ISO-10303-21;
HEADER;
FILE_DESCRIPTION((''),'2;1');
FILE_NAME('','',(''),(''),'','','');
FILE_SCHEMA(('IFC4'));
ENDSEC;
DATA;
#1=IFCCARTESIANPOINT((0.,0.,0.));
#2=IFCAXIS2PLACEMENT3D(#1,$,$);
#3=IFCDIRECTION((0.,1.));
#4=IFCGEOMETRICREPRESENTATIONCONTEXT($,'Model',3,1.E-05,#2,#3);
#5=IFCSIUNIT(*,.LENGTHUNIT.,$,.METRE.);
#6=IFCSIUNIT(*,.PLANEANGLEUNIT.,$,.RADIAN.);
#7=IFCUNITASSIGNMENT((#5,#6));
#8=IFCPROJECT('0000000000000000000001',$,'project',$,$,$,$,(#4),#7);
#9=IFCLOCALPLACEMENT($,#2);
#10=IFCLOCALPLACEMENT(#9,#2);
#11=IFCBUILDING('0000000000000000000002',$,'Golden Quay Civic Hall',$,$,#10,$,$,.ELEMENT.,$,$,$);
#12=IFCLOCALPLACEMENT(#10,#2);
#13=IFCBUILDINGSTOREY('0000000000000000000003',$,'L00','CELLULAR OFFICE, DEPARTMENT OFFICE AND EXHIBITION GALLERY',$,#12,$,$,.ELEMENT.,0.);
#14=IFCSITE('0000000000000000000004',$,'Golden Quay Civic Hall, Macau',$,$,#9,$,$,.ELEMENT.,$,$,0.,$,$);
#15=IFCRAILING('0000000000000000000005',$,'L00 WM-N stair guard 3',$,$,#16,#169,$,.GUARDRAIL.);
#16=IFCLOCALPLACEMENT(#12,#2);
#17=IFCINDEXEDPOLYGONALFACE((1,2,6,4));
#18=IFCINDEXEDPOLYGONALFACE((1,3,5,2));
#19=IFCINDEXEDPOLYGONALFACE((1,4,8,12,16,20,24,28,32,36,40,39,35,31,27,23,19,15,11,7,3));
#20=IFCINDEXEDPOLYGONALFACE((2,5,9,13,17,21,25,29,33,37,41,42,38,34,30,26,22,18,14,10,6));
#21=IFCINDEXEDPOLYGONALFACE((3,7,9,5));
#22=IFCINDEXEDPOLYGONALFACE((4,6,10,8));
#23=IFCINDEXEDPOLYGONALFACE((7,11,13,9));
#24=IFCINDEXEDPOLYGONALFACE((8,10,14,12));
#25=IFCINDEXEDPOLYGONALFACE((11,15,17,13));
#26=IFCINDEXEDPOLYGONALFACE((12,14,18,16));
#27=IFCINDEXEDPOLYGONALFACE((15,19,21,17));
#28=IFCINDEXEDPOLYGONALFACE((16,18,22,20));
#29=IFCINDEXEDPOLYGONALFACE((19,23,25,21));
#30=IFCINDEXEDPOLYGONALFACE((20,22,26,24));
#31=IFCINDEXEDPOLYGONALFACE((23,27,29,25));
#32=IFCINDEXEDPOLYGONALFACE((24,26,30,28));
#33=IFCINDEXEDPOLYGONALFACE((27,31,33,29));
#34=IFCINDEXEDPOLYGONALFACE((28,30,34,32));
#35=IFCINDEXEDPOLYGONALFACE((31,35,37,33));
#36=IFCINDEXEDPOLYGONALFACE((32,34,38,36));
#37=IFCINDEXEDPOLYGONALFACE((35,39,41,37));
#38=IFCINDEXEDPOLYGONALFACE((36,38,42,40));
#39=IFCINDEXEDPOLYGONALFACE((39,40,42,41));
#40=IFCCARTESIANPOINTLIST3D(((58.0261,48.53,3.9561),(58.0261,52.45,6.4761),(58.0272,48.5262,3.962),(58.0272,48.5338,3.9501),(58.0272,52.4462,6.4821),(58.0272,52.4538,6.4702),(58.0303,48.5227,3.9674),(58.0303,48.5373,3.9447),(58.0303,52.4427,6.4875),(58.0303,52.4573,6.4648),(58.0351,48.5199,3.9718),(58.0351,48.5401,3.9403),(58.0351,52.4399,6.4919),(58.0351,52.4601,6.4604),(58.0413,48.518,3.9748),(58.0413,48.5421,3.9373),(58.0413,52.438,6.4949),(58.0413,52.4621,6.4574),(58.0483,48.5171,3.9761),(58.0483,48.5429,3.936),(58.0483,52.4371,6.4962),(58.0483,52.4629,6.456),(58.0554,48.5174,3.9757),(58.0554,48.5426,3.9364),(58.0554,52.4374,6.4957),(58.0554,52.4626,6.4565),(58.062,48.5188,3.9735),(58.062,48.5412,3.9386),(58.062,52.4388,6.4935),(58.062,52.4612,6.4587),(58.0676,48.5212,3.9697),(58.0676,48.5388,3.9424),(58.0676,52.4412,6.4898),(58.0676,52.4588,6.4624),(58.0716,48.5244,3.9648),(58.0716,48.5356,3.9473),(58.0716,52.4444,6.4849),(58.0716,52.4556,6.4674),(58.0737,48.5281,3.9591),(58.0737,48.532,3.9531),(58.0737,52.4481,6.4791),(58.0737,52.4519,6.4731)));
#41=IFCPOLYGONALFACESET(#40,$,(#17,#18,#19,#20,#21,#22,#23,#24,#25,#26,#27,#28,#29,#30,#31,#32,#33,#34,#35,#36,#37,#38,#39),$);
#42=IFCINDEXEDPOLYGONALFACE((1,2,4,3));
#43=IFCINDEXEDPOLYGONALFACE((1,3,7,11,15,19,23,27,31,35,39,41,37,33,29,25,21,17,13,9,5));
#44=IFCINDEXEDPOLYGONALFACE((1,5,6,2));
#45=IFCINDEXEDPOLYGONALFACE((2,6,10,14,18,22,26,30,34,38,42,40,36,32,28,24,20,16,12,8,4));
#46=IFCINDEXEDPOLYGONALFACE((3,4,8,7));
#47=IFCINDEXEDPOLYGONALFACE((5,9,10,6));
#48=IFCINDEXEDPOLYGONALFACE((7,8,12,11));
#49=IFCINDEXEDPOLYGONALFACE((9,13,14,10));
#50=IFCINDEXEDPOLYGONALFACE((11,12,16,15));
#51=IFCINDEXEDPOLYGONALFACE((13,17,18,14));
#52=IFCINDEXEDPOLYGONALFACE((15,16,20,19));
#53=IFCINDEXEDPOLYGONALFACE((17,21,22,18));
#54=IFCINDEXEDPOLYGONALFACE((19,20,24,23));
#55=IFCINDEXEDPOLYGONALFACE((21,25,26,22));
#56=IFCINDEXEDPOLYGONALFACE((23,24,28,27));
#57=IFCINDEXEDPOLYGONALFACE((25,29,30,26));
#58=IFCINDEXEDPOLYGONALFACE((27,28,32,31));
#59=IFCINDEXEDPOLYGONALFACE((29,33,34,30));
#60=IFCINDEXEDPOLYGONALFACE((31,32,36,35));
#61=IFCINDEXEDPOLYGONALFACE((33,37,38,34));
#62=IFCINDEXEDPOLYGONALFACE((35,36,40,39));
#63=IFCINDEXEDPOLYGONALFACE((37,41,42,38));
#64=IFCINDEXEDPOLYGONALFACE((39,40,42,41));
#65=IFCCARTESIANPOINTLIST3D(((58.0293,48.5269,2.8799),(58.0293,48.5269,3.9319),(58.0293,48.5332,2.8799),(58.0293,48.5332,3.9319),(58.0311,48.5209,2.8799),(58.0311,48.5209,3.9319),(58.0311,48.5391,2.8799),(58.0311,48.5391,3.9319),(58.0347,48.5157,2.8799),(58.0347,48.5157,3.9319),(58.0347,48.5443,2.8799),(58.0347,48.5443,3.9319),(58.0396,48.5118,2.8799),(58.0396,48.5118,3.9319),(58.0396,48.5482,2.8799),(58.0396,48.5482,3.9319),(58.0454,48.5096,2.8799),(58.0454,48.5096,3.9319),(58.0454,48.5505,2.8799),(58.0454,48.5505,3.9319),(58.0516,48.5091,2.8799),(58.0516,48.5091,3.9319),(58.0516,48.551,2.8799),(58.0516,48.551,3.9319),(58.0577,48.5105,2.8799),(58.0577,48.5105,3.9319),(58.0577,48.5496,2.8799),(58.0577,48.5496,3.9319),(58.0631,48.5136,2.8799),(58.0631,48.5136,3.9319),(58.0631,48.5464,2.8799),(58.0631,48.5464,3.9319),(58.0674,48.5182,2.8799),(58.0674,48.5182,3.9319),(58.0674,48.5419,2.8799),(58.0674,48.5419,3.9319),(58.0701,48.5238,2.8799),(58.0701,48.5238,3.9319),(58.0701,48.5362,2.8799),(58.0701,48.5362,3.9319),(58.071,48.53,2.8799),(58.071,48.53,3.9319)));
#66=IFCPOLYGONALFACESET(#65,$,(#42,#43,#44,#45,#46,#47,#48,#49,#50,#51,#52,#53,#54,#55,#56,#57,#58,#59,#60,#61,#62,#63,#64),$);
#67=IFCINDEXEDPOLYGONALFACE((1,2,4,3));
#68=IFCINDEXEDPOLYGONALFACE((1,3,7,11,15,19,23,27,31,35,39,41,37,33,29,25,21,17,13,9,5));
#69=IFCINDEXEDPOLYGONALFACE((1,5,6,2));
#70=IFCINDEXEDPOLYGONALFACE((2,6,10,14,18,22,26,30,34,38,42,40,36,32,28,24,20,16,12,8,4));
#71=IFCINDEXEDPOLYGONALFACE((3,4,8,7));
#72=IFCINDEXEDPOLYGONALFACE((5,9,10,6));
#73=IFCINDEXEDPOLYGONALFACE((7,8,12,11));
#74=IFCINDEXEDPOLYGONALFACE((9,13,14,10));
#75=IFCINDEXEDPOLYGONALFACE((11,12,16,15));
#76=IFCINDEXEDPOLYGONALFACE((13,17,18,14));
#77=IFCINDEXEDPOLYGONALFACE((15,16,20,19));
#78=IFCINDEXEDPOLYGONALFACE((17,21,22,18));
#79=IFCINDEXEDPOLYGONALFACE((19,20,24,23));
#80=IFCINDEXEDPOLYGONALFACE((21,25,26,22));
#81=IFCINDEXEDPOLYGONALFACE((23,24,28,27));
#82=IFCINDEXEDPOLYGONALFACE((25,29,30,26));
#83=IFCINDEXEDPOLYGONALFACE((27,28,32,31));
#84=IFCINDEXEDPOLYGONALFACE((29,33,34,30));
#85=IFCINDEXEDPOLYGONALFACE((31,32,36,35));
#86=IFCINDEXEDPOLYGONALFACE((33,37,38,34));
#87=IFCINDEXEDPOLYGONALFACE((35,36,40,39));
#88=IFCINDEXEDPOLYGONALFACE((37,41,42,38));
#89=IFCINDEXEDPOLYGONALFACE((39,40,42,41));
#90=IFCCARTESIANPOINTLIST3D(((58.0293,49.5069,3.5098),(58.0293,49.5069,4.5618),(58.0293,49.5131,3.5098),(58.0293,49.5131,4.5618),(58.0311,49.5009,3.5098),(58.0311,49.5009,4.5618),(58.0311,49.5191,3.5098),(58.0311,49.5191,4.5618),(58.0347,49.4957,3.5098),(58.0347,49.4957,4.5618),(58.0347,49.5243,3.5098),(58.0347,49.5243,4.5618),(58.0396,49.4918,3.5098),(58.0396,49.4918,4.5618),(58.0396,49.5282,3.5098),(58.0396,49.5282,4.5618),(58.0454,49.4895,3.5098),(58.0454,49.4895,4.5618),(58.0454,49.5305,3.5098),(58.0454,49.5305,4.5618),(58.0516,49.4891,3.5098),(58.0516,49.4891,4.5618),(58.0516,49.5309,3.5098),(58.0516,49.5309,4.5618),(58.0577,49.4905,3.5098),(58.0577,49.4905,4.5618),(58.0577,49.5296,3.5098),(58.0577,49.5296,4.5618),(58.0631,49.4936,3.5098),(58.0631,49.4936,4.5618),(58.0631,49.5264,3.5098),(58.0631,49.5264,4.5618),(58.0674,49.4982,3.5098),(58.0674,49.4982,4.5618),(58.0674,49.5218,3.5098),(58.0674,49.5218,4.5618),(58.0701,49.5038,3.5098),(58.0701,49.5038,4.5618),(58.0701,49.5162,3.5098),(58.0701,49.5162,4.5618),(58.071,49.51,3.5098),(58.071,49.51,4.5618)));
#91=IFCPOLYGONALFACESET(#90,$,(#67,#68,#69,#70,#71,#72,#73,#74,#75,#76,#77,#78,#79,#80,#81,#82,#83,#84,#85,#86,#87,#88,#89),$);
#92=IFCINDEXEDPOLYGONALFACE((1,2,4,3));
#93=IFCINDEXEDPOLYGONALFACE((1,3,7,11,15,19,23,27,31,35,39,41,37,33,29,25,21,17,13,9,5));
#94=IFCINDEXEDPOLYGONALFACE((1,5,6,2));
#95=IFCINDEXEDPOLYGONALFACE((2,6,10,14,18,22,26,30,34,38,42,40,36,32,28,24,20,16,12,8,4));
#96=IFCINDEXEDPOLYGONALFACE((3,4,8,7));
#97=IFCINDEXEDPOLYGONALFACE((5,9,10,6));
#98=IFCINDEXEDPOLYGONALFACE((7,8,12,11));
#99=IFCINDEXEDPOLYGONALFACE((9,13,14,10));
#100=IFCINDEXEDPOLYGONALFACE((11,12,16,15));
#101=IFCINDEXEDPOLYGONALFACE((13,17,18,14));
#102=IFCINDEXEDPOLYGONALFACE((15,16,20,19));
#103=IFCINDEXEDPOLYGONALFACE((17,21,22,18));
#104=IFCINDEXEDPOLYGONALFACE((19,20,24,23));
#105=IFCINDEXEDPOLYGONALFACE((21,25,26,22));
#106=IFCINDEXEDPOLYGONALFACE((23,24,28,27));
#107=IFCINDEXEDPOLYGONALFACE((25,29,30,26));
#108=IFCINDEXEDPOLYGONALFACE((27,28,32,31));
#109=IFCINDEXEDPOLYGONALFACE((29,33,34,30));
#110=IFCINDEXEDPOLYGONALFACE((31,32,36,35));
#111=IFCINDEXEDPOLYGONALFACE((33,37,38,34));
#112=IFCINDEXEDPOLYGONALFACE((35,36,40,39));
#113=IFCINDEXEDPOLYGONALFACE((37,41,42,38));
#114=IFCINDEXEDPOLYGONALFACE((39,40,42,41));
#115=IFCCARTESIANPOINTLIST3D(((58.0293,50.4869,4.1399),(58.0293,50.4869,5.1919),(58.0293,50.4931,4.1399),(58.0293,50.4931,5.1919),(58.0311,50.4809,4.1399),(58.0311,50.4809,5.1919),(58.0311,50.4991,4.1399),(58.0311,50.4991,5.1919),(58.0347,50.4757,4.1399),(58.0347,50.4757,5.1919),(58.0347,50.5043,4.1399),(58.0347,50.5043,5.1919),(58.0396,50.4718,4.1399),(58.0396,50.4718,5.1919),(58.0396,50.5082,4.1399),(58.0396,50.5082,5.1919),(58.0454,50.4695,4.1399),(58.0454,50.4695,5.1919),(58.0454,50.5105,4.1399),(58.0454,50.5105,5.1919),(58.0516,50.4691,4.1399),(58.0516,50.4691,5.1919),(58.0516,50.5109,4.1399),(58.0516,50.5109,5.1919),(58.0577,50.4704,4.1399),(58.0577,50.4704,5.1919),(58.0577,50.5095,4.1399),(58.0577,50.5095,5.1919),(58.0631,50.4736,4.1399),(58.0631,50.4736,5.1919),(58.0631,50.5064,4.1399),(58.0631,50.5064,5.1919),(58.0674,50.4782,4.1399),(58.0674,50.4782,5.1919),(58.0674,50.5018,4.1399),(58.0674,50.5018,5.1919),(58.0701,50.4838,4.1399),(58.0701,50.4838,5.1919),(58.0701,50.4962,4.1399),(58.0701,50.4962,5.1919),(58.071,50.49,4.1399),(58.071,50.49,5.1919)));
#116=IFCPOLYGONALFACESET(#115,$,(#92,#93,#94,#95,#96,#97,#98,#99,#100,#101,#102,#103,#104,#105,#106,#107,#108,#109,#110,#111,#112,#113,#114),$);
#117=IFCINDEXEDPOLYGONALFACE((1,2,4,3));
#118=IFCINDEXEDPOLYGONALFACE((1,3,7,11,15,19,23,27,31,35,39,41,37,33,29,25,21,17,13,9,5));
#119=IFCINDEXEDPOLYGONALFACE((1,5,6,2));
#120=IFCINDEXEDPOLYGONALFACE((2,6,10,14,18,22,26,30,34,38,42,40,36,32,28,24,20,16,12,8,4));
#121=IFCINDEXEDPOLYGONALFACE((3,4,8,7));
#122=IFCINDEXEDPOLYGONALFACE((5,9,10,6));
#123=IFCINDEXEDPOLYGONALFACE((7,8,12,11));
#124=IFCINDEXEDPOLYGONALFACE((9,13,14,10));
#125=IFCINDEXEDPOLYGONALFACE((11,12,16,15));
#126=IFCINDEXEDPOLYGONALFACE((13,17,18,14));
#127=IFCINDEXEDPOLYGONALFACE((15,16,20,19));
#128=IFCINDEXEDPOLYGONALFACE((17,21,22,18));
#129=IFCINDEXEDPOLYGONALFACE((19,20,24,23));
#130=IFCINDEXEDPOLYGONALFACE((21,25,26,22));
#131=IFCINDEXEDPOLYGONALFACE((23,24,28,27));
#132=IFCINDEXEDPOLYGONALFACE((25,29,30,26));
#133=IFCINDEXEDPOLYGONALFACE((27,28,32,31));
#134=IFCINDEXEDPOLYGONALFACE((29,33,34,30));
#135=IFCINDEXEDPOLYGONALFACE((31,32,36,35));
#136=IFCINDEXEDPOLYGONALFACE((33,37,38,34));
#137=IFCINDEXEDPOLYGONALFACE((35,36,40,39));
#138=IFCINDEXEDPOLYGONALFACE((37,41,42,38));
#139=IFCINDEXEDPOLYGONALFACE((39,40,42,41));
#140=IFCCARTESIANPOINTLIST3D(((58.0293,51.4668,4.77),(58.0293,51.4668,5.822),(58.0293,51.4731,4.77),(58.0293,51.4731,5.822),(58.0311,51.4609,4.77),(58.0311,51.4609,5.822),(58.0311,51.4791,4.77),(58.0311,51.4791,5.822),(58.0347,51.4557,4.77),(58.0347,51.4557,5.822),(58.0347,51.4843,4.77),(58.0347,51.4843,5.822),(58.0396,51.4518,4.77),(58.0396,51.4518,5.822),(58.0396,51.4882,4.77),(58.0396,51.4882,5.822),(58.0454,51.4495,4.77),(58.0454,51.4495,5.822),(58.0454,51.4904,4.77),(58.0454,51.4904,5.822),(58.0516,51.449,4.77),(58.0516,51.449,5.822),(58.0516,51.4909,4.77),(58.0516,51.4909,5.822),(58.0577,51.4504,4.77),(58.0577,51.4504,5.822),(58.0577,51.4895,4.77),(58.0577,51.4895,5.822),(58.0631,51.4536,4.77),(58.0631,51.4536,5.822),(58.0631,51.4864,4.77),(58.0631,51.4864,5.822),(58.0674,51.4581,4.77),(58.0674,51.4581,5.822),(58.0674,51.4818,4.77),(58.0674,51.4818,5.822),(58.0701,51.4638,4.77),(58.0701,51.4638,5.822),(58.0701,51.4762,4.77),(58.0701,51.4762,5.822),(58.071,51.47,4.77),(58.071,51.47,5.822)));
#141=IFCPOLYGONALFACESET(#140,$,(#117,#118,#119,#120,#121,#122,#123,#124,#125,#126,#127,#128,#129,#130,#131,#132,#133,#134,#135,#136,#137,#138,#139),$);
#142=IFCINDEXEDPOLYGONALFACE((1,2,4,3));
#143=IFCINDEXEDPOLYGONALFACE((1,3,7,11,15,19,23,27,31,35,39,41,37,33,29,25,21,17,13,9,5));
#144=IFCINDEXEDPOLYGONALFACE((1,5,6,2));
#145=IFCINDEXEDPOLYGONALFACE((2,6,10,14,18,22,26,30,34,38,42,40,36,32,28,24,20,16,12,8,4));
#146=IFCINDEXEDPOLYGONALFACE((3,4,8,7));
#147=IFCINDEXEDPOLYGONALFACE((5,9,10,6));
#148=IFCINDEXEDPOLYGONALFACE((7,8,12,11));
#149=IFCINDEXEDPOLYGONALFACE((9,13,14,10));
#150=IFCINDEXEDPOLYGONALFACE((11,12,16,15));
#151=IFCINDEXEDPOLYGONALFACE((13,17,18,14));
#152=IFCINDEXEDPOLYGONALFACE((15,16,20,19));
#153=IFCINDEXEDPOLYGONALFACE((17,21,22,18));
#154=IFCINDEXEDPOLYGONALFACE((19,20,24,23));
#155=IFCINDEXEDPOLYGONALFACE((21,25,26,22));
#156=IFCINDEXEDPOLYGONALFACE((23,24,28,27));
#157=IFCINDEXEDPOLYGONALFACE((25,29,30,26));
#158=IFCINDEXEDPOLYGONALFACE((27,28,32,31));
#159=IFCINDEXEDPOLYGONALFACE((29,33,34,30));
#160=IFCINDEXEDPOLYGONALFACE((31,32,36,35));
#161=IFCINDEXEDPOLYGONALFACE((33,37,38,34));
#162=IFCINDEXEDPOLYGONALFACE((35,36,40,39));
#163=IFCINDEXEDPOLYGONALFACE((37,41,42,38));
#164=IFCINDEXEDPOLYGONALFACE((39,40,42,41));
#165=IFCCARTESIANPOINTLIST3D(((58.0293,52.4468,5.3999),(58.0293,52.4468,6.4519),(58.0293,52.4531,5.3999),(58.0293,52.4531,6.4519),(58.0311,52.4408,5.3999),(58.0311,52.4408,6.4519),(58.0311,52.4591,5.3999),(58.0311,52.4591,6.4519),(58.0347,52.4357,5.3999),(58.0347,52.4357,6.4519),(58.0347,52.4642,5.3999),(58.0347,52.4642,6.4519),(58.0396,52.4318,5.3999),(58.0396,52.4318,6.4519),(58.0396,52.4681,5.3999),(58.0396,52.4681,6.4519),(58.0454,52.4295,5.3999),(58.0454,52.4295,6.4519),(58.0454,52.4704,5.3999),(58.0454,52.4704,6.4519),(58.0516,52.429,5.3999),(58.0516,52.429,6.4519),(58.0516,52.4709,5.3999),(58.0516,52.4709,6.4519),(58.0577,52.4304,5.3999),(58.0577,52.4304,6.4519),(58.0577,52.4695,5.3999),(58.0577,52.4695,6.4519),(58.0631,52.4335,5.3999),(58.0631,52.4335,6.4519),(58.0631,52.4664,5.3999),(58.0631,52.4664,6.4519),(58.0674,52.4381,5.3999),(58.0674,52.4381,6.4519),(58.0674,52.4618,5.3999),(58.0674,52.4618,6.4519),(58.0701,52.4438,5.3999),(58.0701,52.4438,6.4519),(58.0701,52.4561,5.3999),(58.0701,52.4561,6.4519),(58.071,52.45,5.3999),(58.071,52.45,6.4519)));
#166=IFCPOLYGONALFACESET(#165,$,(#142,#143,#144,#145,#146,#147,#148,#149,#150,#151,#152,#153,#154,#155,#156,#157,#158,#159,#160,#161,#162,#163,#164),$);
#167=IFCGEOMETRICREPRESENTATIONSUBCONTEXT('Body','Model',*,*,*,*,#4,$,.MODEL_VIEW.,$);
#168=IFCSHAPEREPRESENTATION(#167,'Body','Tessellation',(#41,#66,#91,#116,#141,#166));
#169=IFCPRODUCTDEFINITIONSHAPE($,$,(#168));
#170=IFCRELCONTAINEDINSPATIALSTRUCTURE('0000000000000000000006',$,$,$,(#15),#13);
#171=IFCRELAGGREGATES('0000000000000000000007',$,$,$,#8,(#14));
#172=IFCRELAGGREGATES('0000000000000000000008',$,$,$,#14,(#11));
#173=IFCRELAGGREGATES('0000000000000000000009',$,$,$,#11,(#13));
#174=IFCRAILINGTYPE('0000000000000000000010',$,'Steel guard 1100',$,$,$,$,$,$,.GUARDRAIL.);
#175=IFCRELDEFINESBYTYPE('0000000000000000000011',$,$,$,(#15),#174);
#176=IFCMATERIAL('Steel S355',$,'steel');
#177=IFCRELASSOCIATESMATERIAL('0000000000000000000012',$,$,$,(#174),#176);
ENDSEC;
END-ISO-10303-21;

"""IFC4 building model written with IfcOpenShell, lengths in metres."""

from ifc_helpers import new_model, si_unit, direction, frame, origin, origin_2d, place, context, subcontext, project, spatial, circle, extrude, material, type_object, element, save


model = new_model("IFC4")

# Units and contexts
model_context = context("Model", 3, precision=1e-05, world=origin(), true_north=direction((0.0, 1.0)))
body_context = subcontext(model_context, "Body", "Model", "MODEL_VIEW")
ifc_project = project(units=[si_unit("LENGTHUNIT", "METRE"), si_unit("PLANEANGLEUNIT", "RADIAN")], contexts=[model_context])

# Site, building, storey
site_placement = place(None, origin())
site = spatial("IfcSite", under=ifc_project, at=site_placement, Name="Golden Quay Civic Hall, Macau", CompositionType="ELEMENT", RefElevation=0.0)
building_placement = place(site_placement, origin())
building = spatial("IfcBuilding", under=site, at=building_placement, Name="Golden Quay Civic Hall", CompositionType="ELEMENT")
storey_placement = place(building_placement, origin())
storey = spatial("IfcBuildingStorey", under=building, at=storey_placement, Name="L00", Description="CELLULAR OFFICE, DEPARTMENT OFFICE AND EXHIBITION GALLERY", CompositionType="ELEMENT", Elevation=0.0)

# Railing
ifc_material_1 = material(Name="Steel S355", Category="steel")
railing_type_1 = type_object("IfcRailingType", Name="Steel guard 1100", PredefinedType="GUARDRAIL", material=ifc_material_1)
railing_1_placement = place(storey_placement, frame((58.05, 48.53, 2.8799)))
element("IfcRailing", 1, at=railing_1_placement, inside=storey, type_object=railing_type_1, Name="L00 WM-N stair guard 3", PredefinedType="GUARDRAIL", context=body_context, shape_type="SweptSolid", body=[
    extrude(circle(Radius=0.0239, at=origin_2d()), frame((0.0, 0.0, 1.0762), z_axis=(0.0, 0.841172, 0.540768), x_axis=(-1.0, 0.0, 0.0)), (0.0, 0.0, 1.0), 4.6602),
    extrude(circle(Radius=0.021, at=origin_2d()), origin(), (0.0, 0.0, 1.0), 1.052),
    extrude(circle(Radius=0.021, at=origin_2d()), frame((0.0, 0.98, 0.6299)), (0.0, 0.0, 1.0), 1.052),
    extrude(circle(Radius=0.021, at=origin_2d()), frame((0.0, 1.96, 1.26)), (0.0, 0.0, 1.0), 1.052),
    extrude(circle(Radius=0.021, at=origin_2d()), frame((0.0, 2.9399, 1.8901)), (0.0, 0.0, 1.0), 1.052),
    extrude(circle(Radius=0.021, at=origin_2d()), frame((0.0, 3.9199, 2.52)), (0.0, 0.0, 1.0), 1.052),
])

save(model, "model.ifc")
